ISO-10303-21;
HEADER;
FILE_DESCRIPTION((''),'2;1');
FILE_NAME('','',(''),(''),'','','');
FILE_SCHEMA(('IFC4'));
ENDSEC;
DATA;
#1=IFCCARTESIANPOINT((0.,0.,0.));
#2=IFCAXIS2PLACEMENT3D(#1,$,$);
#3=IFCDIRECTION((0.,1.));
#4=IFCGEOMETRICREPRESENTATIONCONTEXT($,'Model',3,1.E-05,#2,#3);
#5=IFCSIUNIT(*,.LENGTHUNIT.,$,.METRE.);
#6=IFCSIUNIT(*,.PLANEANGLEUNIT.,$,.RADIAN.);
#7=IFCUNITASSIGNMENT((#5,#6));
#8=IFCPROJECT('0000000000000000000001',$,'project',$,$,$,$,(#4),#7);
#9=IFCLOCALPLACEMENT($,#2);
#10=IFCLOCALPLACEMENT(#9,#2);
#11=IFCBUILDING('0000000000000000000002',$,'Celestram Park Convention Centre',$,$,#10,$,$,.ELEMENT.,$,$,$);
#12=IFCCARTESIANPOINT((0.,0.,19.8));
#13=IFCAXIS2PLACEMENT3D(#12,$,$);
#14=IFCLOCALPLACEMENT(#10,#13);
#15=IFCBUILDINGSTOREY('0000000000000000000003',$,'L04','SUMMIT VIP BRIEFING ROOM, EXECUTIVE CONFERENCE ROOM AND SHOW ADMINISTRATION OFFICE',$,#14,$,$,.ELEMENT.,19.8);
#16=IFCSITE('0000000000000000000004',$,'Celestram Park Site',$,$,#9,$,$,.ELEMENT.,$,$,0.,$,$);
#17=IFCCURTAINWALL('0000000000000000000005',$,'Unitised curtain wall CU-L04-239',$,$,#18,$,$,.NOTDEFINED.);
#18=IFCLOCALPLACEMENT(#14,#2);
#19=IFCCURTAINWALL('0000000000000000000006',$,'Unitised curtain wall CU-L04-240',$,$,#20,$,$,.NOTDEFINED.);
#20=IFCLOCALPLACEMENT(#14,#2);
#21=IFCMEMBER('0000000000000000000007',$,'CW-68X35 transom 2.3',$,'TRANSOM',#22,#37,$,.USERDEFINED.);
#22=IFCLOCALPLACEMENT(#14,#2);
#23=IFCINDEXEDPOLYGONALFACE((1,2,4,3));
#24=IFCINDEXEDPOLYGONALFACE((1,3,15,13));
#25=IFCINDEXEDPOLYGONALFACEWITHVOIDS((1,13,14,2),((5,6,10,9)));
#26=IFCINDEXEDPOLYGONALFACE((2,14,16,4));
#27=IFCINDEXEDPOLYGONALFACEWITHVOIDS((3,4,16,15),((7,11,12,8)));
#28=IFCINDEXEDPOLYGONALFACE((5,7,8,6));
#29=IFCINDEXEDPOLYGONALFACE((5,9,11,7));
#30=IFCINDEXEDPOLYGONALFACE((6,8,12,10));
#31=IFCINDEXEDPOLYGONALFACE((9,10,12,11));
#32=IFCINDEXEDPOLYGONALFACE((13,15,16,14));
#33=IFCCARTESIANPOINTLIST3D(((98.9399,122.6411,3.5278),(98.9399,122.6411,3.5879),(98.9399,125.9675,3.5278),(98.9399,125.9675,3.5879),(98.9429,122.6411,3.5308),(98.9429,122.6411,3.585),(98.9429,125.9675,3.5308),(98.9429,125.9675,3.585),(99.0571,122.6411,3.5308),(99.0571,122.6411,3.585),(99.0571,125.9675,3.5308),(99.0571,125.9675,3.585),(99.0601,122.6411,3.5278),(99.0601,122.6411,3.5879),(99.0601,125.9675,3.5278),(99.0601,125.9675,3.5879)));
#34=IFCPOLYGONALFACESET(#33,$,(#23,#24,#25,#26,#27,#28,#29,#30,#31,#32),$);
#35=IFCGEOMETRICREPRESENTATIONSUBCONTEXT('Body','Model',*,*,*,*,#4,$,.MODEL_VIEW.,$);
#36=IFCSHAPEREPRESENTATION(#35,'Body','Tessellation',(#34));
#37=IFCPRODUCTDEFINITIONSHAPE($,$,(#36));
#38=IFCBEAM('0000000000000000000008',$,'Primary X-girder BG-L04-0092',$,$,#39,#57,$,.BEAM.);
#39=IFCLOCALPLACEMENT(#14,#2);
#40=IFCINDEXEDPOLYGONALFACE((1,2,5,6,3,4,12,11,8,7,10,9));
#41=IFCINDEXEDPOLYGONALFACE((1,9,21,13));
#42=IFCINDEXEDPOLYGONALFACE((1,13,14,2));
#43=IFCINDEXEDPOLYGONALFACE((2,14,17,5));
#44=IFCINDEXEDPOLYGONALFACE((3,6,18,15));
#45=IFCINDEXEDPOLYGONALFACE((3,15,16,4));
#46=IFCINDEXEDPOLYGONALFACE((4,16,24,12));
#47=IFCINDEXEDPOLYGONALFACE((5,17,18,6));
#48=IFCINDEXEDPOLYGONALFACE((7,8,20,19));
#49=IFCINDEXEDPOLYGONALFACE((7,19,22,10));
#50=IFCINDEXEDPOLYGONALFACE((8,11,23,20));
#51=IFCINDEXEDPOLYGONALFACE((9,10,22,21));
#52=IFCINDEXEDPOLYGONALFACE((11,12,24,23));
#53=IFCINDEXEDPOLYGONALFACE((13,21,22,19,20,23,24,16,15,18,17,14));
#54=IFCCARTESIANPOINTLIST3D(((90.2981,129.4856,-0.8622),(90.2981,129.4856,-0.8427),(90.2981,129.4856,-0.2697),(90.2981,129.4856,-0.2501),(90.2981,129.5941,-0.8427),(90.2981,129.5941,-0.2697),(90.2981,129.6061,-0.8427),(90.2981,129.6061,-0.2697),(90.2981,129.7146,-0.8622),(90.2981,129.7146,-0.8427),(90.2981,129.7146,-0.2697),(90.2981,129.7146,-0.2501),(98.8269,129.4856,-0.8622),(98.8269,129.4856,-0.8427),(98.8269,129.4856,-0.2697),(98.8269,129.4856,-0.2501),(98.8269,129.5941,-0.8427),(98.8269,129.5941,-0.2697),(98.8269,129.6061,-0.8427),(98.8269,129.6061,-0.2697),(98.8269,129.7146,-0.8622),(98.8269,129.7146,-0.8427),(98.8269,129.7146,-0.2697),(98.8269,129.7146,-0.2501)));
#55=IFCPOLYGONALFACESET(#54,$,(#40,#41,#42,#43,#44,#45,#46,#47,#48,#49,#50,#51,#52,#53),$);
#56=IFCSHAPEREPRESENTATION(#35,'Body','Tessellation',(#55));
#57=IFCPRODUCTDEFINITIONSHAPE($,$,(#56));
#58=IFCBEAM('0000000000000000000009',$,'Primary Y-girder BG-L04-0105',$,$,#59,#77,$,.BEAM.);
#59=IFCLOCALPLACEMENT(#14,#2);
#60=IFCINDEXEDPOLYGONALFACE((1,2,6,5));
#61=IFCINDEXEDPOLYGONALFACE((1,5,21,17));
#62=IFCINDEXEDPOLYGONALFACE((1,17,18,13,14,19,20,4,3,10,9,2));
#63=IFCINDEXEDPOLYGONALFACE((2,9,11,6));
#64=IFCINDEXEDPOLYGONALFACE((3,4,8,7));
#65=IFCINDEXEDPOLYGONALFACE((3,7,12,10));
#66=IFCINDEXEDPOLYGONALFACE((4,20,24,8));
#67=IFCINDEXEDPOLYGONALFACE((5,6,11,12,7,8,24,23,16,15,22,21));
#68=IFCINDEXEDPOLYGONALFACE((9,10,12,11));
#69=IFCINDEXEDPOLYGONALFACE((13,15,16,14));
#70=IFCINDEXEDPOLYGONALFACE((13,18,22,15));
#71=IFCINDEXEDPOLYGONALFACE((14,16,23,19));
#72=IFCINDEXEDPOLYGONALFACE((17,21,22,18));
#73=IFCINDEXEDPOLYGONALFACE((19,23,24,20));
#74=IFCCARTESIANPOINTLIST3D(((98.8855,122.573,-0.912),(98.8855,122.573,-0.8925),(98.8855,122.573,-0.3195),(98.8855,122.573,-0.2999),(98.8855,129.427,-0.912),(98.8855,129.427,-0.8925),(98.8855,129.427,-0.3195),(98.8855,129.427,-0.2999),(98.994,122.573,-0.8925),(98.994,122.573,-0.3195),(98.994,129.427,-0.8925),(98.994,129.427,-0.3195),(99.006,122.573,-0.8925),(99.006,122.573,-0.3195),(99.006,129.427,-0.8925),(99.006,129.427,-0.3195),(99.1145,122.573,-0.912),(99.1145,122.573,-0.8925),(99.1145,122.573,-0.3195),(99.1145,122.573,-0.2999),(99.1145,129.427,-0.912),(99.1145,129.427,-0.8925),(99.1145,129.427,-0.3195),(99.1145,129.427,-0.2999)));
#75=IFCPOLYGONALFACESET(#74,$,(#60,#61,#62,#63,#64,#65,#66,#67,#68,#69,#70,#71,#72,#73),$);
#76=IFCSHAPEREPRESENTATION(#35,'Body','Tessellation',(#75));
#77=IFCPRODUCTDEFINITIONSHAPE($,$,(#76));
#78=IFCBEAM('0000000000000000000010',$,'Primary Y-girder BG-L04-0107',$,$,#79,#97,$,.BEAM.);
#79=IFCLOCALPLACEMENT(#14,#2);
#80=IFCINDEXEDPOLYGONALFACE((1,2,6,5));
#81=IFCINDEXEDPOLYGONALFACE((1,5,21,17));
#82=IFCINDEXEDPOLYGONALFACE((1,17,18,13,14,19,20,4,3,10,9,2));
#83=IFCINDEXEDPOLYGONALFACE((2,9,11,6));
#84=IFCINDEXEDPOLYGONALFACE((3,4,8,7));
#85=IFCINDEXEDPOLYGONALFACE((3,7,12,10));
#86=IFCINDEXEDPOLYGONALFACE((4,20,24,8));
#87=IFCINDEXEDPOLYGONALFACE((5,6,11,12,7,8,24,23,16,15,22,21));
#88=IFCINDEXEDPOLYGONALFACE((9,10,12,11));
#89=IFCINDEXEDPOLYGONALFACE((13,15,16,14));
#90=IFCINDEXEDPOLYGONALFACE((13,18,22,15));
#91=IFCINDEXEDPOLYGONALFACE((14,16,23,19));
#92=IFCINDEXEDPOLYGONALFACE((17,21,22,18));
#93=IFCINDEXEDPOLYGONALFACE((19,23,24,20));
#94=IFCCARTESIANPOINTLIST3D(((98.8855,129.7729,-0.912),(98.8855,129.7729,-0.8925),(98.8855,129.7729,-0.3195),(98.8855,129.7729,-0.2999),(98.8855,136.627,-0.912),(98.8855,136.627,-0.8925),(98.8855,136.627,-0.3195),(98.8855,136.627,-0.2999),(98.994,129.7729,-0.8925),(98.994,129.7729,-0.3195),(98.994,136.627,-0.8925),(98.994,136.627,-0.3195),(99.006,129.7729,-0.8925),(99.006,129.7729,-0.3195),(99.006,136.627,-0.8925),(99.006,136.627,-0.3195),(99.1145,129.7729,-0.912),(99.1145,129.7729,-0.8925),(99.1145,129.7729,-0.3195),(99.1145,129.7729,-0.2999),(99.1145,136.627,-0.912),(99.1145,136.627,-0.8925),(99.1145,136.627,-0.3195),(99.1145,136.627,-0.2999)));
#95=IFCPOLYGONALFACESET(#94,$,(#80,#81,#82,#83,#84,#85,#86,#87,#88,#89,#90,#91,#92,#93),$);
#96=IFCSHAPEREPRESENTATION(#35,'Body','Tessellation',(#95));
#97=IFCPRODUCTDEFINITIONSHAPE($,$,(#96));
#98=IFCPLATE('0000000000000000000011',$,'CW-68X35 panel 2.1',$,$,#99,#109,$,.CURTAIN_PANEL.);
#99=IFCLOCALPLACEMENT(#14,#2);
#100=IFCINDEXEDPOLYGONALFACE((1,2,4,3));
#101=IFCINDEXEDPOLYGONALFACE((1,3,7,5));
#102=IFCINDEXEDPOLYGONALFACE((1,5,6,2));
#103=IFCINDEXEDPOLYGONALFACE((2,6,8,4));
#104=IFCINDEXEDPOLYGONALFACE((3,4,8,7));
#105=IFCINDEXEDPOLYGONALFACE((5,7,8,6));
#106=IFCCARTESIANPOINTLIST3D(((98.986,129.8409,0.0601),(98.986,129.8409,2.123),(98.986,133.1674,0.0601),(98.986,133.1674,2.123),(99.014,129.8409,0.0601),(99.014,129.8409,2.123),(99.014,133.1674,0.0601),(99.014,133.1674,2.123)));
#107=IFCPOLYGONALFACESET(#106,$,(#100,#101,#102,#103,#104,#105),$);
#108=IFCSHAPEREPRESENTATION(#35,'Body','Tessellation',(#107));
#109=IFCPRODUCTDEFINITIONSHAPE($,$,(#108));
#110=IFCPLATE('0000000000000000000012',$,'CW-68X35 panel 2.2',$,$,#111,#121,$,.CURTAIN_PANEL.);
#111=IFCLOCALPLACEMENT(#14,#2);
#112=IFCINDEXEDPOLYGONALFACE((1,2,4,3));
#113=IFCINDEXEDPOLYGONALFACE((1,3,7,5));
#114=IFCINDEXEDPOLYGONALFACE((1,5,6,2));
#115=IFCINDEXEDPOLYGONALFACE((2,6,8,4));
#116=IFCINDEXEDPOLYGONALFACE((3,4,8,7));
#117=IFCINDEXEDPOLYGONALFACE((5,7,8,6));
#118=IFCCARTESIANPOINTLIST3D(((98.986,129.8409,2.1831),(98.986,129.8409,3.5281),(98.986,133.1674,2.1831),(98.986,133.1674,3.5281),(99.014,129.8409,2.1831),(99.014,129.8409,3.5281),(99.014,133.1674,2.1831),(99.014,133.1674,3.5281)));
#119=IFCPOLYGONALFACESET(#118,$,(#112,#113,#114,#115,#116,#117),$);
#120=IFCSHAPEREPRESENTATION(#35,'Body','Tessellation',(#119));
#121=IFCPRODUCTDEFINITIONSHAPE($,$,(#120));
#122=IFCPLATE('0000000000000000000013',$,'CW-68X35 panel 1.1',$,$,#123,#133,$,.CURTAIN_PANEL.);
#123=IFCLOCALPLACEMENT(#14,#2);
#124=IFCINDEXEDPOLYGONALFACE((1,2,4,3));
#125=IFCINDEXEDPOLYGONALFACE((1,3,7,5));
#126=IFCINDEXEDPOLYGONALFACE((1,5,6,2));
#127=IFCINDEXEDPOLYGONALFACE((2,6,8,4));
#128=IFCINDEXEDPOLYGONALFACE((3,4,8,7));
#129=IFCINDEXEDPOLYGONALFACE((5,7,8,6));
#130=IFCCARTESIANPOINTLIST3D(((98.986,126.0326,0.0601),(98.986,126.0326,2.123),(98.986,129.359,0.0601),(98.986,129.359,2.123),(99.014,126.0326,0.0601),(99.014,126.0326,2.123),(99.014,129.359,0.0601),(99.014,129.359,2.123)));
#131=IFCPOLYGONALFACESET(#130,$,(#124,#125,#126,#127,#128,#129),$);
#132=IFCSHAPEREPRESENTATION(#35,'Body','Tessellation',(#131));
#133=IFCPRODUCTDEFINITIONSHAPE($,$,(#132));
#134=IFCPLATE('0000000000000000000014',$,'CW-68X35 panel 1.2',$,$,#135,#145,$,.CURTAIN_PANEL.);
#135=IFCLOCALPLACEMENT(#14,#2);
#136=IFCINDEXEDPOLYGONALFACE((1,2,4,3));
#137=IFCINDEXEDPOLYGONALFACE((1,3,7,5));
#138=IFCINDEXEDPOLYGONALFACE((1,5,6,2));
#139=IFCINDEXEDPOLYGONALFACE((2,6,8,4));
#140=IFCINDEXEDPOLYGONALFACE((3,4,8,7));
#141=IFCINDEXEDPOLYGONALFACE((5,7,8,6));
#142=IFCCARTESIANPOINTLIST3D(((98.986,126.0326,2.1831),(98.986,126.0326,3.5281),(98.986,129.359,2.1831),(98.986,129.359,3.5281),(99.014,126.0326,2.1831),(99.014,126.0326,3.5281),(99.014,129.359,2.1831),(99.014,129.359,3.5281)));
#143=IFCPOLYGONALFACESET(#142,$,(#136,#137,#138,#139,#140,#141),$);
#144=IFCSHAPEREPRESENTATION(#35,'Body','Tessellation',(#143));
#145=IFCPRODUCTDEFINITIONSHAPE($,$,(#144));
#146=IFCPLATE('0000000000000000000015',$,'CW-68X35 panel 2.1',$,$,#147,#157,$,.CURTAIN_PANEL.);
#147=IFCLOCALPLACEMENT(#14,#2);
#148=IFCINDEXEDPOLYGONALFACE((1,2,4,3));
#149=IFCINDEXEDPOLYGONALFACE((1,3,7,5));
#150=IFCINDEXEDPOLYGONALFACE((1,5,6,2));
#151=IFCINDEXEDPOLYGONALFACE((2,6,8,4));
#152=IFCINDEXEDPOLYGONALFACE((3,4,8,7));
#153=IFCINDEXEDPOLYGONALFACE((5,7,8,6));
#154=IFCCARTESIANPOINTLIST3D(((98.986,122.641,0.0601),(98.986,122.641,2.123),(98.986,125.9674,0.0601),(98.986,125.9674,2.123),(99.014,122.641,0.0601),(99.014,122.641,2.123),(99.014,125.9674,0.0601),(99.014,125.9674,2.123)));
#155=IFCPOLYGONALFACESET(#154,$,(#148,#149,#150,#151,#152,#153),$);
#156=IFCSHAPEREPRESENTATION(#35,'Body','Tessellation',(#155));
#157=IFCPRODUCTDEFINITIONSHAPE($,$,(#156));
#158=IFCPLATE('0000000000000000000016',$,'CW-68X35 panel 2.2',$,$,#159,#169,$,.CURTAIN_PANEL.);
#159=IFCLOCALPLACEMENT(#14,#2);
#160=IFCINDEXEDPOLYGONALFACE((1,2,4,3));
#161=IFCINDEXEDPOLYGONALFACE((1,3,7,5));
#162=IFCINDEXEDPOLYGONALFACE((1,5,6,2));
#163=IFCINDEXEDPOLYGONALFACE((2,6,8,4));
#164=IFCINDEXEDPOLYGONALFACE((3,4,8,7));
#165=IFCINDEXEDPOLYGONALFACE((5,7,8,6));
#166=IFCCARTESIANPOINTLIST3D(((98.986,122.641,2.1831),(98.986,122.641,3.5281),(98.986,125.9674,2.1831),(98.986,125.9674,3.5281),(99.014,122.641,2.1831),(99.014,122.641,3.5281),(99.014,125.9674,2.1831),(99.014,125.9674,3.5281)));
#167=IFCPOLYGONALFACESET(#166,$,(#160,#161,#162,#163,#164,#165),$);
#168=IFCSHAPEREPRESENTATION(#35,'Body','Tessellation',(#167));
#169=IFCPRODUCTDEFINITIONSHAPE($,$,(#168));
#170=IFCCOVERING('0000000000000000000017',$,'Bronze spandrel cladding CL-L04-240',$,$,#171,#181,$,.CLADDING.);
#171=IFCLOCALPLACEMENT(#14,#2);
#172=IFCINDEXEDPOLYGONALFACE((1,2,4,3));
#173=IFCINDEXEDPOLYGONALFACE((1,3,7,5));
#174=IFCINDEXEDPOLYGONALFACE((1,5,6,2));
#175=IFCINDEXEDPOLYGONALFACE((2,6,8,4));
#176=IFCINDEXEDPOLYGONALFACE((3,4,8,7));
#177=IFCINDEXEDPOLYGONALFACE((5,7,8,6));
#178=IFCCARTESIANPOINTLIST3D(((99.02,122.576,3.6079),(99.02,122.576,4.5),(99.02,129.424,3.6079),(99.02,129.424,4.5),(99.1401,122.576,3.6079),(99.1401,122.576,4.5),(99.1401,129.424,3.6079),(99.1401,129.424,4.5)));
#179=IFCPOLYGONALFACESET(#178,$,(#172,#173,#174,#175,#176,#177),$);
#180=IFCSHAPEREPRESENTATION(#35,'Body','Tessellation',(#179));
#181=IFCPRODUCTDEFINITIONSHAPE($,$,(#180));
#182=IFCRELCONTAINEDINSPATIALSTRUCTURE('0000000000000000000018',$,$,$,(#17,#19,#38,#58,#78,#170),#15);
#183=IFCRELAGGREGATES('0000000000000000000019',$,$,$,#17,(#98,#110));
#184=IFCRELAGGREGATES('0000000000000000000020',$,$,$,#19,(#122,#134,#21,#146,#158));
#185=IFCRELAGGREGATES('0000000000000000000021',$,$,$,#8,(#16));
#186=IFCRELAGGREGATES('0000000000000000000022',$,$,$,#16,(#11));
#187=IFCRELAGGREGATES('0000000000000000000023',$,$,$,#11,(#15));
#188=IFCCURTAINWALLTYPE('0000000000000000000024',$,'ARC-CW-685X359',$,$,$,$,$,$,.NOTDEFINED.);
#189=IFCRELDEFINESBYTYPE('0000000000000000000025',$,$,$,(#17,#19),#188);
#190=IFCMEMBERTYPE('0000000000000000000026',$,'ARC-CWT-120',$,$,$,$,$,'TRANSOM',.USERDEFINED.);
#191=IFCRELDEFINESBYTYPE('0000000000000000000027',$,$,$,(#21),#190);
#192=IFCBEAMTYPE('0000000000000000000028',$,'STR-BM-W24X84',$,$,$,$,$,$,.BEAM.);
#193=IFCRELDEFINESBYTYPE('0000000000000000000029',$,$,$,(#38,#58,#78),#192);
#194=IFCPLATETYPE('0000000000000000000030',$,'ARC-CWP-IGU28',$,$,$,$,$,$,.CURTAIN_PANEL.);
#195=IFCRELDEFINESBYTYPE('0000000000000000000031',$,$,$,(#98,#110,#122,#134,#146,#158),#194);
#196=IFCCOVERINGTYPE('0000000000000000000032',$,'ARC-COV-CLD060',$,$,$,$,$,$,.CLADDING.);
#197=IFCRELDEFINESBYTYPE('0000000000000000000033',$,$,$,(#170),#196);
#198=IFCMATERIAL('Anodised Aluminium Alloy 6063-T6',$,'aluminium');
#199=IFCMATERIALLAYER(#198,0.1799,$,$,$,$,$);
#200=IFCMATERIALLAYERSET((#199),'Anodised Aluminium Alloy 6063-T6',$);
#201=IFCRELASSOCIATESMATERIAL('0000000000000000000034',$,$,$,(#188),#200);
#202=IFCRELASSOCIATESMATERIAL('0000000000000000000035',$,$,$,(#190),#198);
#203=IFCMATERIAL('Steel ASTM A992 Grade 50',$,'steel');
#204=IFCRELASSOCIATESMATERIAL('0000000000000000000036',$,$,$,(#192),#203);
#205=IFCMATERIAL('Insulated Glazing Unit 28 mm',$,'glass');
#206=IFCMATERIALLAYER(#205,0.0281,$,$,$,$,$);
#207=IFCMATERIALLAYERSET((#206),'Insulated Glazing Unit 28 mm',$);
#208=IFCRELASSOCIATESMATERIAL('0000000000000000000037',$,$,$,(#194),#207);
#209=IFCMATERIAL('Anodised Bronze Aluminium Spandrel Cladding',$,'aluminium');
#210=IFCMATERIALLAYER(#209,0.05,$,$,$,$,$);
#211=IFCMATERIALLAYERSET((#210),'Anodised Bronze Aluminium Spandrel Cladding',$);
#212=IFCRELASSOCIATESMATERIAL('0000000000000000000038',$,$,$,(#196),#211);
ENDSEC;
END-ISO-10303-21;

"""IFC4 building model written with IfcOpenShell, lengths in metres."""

from ifc_helpers import new_model, si_unit, direction, frame, origin, origin_2d, place, context, subcontext, project, spatial, rectangle, hollow_rectangle, i_section, extrude, material, layer, layer_set, material_profile, profile_set, type_object, element, aggregate, save


model = new_model("IFC4")

# Units and contexts
model_context = context("Model", 3, precision=1e-05, world=origin(), true_north=direction((0.0, 1.0)))
body_context = subcontext(model_context, "Body", "Model", "MODEL_VIEW")
ifc_project = project(units=[si_unit("LENGTHUNIT", "METRE"), si_unit("PLANEANGLEUNIT", "RADIAN")], contexts=[model_context])

# Site, building, storey
site_placement = place(None, origin())
site = spatial("IfcSite", under=ifc_project, at=site_placement, Name="Celestram Park Site", CompositionType="ELEMENT", RefElevation=0.0)
building_placement = place(site_placement, origin())
building = spatial("IfcBuilding", under=site, at=building_placement, Name="Celestram Park Convention Centre", CompositionType="ELEMENT")
storey_placement = place(building_placement, frame((0.0, 0.0, 19.8)))
storey = spatial("IfcBuildingStorey", under=building, at=storey_placement, Name="L04", Description="SUMMIT VIP BRIEFING ROOM, EXECUTIVE CONFERENCE ROOM AND SHOW ADMINISTRATION OFFICE", CompositionType="ELEMENT", Elevation=19.8)

# Shared definitions
ifc_material_1 = material(Name="Steel ASTM A992 Grade 50", Category="steel")

# Curtain wall
ifc_material_2 = material(Name="Anodised Aluminium Alloy 6063-T6", Category="aluminium")
ifc_layer_1 = layer(ifc_material_2, 0.1799)
ifc_layer_set_1 = layer_set([ifc_layer_1], Name="Anodised Aluminium Alloy 6063-T6")
curtain_wall_type = type_object("IfcCurtainWallType", Name="ARC-CW-685X359", PredefinedType="NOTDEFINED", material=ifc_layer_set_1)
curtain_wall_1_placement = place(storey_placement, origin())
curtain_wall_1 = element("IfcCurtainWall", 1, at=curtain_wall_1_placement, inside=storey, type_object=curtain_wall_type, Name="Unitised curtain wall CU-L04-239", PredefinedType="NOTDEFINED")

# Curtain wall, member
curtain_wall_2_placement = place(storey_placement, origin())
curtain_wall_2 = element("IfcCurtainWall", 2, at=curtain_wall_2_placement, inside=storey, type_object=curtain_wall_type, Name="Unitised curtain wall CU-L04-240", PredefinedType="NOTDEFINED")
ifc_material_profile_1 = material_profile(ifc_material_2, hollow_rectangle(XDim=0.1201, YDim=0.0601, WallThickness=0.0029, at=origin_2d()), Name="ALU120X60X3")
ifc_profile_set_1 = profile_set([ifc_material_profile_1], Name="Anodised Aluminium Alloy 6063-T6")
member_type_1 = type_object("IfcMemberType", Name="ARC-CWT-120", ElementType="TRANSOM", PredefinedType="USERDEFINED", material=ifc_profile_set_1)
member_1_placement = place(storey_placement, frame((99.0, 125.9675, 3.5579), z_axis=(0.0, -1.0, 0.0), x_axis=(1.0, 0.0, 0.0)))
member_1 = element("IfcMember", 3, at=member_1_placement, type_object=member_type_1, Name="CW-68X35 transom 2.3", ObjectType="TRANSOM", PredefinedType="USERDEFINED", context=body_context, shape_type="SweptSolid", body=[
    extrude(hollow_rectangle(XDim=0.1201, YDim=0.0601, WallThickness=0.0029, at=origin_2d()), origin(), (0.0, 0.0, 1.0), 3.3264),
])

# Beams
ifc_material_profile_2 = material_profile(ifc_material_1, i_section(OverallWidth=0.229, OverallDepth=0.6121, WebThickness=0.012, FlangeThickness=0.0195, at=origin_2d()), Name="W24X84")
ifc_profile_set_2 = profile_set([ifc_material_profile_2], Name="Steel ASTM A992 Grade 50")
beam_type = type_object("IfcBeamType", Name="STR-BM-W24X84", PredefinedType="BEAM", material=ifc_profile_set_2)
beam_placement = place(storey_placement, frame((90.2981, 129.6001, -0.5562), z_axis=(1.0, 0.0, 0.0), x_axis=(0.0, 1.0, 0.0)))
element("IfcBeam", 4, at=beam_placement, inside=storey, type_object=beam_type, Name="Primary X-girder BG-L04-0092", PredefinedType="BEAM", context=body_context, shape_type="SweptSolid", body=[
    extrude(i_section(OverallWidth=0.229, OverallDepth=0.6121, WebThickness=0.012, FlangeThickness=0.0195, at=origin_2d()), origin(), (0.0, 0.0, 1.0), 8.5288),
])
for number, where, z_axis, x_axis, name in (
    (5, (99.0, 122.573, -0.606), (0.0, 1.0, 0.0), (-1.0, 0.0, 0.0), "Primary Y-girder BG-L04-0105"),
    (6, (99.0, 129.7729, -0.606), (0.0, 1.0, 0.0), (-1.0, 0.0, 0.0), "Primary Y-girder BG-L04-0107"),
):
    element("IfcBeam", number, at=place(storey_placement, frame(where, z_axis=z_axis, x_axis=x_axis)), inside=storey, type_object=beam_type, Name=name, PredefinedType="BEAM", context=body_context, shape_type="SweptSolid", body=[
        extrude(i_section(OverallWidth=0.229, OverallDepth=0.6121, WebThickness=0.012, FlangeThickness=0.0195, at=origin_2d()), origin(), (0.0, 0.0, 1.0), 6.854),
    ])

# Plates
ifc_material_3 = material(Name="Insulated Glazing Unit 28 mm", Category="glass")
ifc_layer_2 = layer(ifc_material_3, 0.0281)
ifc_layer_set_2 = layer_set([ifc_layer_2], Name="Insulated Glazing Unit 28 mm")
plate_type = type_object("IfcPlateType", Name="ARC-CWP-IGU28", PredefinedType="CURTAIN_PANEL", material=ifc_layer_set_2)
plate_1_placement = place(storey_placement, frame((99.0, 131.5042, 0.0601), z_axis=(0.0, 0.0, 1.0), x_axis=(0.0, -1.0, 0.0)))
plate_1 = element("IfcPlate", 7, at=plate_1_placement, type_object=plate_type, Name="CW-68X35 panel 2.1", PredefinedType="CURTAIN_PANEL", context=body_context, shape_type="SweptSolid", body=[
    extrude(rectangle(XDim=3.3264, YDim=0.0281, at=origin_2d()), origin(), (0.0, 0.0, 1.0), 2.063),
])
plate_2_placement = place(storey_placement, frame((99.0, 131.5042, 2.1831), z_axis=(0.0, 0.0, 1.0), x_axis=(0.0, -1.0, 0.0)))
plate_2 = element("IfcPlate", 8, at=plate_2_placement, type_object=plate_type, Name="CW-68X35 panel 2.2", PredefinedType="CURTAIN_PANEL", context=body_context, shape_type="SweptSolid", body=[
    extrude(rectangle(XDim=3.3264, YDim=0.0281, at=origin_2d()), origin(), (0.0, 0.0, 1.0), 1.345),
])
aggregate(curtain_wall_1, [plate_1, plate_2])
plate_3_placement = place(storey_placement, frame((99.0, 127.6958, 0.0601), z_axis=(0.0, 0.0, 1.0), x_axis=(0.0, -1.0, 0.0)))
plate_3 = element("IfcPlate", 9, at=plate_3_placement, type_object=plate_type, Name="CW-68X35 panel 1.1", PredefinedType="CURTAIN_PANEL", context=body_context, shape_type="SweptSolid", body=[
    extrude(rectangle(XDim=3.3264, YDim=0.0281, at=origin_2d()), origin(), (0.0, 0.0, 1.0), 2.063),
])
plate_4_placement = place(storey_placement, frame((99.0, 127.6958, 2.1831), z_axis=(0.0, 0.0, 1.0), x_axis=(0.0, -1.0, 0.0)))
plate_4 = element("IfcPlate", 10, at=plate_4_placement, type_object=plate_type, Name="CW-68X35 panel 1.2", PredefinedType="CURTAIN_PANEL", context=body_context, shape_type="SweptSolid", body=[
    extrude(rectangle(XDim=3.3264, YDim=0.0281, at=origin_2d()), origin(), (0.0, 0.0, 1.0), 1.345),
])
plate_5_placement = place(storey_placement, frame((99.0, 124.3042, 0.0601), z_axis=(0.0, 0.0, 1.0), x_axis=(0.0, -1.0, 0.0)))
plate_5 = element("IfcPlate", 11, at=plate_5_placement, type_object=plate_type, Name="CW-68X35 panel 2.1", PredefinedType="CURTAIN_PANEL", context=body_context, shape_type="SweptSolid", body=[
    extrude(rectangle(XDim=3.3264, YDim=0.0281, at=origin_2d()), origin(), (0.0, 0.0, 1.0), 2.063),
])
plate_6_placement = place(storey_placement, frame((99.0, 124.3042, 2.1831), z_axis=(0.0, 0.0, 1.0), x_axis=(0.0, -1.0, 0.0)))
plate_6 = element("IfcPlate", 12, at=plate_6_placement, type_object=plate_type, Name="CW-68X35 panel 2.2", PredefinedType="CURTAIN_PANEL", context=body_context, shape_type="SweptSolid", body=[
    extrude(rectangle(XDim=3.3264, YDim=0.0281, at=origin_2d()), origin(), (0.0, 0.0, 1.0), 1.345),
])
aggregate(curtain_wall_2, [plate_3, plate_4, member_1, plate_5, plate_6])

# Covering
ifc_material_4 = material(Name="Anodised Bronze Aluminium Spandrel Cladding", Category="aluminium")
ifc_layer_3 = layer(ifc_material_4, 0.05)
ifc_layer_set_3 = layer_set([ifc_layer_3], Name="Anodised Bronze Aluminium Spandrel Cladding")
covering_type = type_object("IfcCoveringType", Name="ARC-COV-CLD060", PredefinedType="CLADDING", material=ifc_layer_set_3)
covering_placement = place(storey_placement, frame((99.0801, 126.0, 3.6079), z_axis=(0.0, 0.0, 1.0), x_axis=(0.0, -1.0, 0.0)))
element("IfcCovering", 13, at=covering_placement, inside=storey, type_object=covering_type, Name="Bronze spandrel cladding CL-L04-240", PredefinedType="CLADDING", context=body_context, shape_type="SweptSolid", body=[
    extrude(rectangle(XDim=6.8479, YDim=0.1201, at=origin_2d()), origin(), (0.0, 0.0, 1.0), 0.8921),
])

save(model, "model.ifc")
